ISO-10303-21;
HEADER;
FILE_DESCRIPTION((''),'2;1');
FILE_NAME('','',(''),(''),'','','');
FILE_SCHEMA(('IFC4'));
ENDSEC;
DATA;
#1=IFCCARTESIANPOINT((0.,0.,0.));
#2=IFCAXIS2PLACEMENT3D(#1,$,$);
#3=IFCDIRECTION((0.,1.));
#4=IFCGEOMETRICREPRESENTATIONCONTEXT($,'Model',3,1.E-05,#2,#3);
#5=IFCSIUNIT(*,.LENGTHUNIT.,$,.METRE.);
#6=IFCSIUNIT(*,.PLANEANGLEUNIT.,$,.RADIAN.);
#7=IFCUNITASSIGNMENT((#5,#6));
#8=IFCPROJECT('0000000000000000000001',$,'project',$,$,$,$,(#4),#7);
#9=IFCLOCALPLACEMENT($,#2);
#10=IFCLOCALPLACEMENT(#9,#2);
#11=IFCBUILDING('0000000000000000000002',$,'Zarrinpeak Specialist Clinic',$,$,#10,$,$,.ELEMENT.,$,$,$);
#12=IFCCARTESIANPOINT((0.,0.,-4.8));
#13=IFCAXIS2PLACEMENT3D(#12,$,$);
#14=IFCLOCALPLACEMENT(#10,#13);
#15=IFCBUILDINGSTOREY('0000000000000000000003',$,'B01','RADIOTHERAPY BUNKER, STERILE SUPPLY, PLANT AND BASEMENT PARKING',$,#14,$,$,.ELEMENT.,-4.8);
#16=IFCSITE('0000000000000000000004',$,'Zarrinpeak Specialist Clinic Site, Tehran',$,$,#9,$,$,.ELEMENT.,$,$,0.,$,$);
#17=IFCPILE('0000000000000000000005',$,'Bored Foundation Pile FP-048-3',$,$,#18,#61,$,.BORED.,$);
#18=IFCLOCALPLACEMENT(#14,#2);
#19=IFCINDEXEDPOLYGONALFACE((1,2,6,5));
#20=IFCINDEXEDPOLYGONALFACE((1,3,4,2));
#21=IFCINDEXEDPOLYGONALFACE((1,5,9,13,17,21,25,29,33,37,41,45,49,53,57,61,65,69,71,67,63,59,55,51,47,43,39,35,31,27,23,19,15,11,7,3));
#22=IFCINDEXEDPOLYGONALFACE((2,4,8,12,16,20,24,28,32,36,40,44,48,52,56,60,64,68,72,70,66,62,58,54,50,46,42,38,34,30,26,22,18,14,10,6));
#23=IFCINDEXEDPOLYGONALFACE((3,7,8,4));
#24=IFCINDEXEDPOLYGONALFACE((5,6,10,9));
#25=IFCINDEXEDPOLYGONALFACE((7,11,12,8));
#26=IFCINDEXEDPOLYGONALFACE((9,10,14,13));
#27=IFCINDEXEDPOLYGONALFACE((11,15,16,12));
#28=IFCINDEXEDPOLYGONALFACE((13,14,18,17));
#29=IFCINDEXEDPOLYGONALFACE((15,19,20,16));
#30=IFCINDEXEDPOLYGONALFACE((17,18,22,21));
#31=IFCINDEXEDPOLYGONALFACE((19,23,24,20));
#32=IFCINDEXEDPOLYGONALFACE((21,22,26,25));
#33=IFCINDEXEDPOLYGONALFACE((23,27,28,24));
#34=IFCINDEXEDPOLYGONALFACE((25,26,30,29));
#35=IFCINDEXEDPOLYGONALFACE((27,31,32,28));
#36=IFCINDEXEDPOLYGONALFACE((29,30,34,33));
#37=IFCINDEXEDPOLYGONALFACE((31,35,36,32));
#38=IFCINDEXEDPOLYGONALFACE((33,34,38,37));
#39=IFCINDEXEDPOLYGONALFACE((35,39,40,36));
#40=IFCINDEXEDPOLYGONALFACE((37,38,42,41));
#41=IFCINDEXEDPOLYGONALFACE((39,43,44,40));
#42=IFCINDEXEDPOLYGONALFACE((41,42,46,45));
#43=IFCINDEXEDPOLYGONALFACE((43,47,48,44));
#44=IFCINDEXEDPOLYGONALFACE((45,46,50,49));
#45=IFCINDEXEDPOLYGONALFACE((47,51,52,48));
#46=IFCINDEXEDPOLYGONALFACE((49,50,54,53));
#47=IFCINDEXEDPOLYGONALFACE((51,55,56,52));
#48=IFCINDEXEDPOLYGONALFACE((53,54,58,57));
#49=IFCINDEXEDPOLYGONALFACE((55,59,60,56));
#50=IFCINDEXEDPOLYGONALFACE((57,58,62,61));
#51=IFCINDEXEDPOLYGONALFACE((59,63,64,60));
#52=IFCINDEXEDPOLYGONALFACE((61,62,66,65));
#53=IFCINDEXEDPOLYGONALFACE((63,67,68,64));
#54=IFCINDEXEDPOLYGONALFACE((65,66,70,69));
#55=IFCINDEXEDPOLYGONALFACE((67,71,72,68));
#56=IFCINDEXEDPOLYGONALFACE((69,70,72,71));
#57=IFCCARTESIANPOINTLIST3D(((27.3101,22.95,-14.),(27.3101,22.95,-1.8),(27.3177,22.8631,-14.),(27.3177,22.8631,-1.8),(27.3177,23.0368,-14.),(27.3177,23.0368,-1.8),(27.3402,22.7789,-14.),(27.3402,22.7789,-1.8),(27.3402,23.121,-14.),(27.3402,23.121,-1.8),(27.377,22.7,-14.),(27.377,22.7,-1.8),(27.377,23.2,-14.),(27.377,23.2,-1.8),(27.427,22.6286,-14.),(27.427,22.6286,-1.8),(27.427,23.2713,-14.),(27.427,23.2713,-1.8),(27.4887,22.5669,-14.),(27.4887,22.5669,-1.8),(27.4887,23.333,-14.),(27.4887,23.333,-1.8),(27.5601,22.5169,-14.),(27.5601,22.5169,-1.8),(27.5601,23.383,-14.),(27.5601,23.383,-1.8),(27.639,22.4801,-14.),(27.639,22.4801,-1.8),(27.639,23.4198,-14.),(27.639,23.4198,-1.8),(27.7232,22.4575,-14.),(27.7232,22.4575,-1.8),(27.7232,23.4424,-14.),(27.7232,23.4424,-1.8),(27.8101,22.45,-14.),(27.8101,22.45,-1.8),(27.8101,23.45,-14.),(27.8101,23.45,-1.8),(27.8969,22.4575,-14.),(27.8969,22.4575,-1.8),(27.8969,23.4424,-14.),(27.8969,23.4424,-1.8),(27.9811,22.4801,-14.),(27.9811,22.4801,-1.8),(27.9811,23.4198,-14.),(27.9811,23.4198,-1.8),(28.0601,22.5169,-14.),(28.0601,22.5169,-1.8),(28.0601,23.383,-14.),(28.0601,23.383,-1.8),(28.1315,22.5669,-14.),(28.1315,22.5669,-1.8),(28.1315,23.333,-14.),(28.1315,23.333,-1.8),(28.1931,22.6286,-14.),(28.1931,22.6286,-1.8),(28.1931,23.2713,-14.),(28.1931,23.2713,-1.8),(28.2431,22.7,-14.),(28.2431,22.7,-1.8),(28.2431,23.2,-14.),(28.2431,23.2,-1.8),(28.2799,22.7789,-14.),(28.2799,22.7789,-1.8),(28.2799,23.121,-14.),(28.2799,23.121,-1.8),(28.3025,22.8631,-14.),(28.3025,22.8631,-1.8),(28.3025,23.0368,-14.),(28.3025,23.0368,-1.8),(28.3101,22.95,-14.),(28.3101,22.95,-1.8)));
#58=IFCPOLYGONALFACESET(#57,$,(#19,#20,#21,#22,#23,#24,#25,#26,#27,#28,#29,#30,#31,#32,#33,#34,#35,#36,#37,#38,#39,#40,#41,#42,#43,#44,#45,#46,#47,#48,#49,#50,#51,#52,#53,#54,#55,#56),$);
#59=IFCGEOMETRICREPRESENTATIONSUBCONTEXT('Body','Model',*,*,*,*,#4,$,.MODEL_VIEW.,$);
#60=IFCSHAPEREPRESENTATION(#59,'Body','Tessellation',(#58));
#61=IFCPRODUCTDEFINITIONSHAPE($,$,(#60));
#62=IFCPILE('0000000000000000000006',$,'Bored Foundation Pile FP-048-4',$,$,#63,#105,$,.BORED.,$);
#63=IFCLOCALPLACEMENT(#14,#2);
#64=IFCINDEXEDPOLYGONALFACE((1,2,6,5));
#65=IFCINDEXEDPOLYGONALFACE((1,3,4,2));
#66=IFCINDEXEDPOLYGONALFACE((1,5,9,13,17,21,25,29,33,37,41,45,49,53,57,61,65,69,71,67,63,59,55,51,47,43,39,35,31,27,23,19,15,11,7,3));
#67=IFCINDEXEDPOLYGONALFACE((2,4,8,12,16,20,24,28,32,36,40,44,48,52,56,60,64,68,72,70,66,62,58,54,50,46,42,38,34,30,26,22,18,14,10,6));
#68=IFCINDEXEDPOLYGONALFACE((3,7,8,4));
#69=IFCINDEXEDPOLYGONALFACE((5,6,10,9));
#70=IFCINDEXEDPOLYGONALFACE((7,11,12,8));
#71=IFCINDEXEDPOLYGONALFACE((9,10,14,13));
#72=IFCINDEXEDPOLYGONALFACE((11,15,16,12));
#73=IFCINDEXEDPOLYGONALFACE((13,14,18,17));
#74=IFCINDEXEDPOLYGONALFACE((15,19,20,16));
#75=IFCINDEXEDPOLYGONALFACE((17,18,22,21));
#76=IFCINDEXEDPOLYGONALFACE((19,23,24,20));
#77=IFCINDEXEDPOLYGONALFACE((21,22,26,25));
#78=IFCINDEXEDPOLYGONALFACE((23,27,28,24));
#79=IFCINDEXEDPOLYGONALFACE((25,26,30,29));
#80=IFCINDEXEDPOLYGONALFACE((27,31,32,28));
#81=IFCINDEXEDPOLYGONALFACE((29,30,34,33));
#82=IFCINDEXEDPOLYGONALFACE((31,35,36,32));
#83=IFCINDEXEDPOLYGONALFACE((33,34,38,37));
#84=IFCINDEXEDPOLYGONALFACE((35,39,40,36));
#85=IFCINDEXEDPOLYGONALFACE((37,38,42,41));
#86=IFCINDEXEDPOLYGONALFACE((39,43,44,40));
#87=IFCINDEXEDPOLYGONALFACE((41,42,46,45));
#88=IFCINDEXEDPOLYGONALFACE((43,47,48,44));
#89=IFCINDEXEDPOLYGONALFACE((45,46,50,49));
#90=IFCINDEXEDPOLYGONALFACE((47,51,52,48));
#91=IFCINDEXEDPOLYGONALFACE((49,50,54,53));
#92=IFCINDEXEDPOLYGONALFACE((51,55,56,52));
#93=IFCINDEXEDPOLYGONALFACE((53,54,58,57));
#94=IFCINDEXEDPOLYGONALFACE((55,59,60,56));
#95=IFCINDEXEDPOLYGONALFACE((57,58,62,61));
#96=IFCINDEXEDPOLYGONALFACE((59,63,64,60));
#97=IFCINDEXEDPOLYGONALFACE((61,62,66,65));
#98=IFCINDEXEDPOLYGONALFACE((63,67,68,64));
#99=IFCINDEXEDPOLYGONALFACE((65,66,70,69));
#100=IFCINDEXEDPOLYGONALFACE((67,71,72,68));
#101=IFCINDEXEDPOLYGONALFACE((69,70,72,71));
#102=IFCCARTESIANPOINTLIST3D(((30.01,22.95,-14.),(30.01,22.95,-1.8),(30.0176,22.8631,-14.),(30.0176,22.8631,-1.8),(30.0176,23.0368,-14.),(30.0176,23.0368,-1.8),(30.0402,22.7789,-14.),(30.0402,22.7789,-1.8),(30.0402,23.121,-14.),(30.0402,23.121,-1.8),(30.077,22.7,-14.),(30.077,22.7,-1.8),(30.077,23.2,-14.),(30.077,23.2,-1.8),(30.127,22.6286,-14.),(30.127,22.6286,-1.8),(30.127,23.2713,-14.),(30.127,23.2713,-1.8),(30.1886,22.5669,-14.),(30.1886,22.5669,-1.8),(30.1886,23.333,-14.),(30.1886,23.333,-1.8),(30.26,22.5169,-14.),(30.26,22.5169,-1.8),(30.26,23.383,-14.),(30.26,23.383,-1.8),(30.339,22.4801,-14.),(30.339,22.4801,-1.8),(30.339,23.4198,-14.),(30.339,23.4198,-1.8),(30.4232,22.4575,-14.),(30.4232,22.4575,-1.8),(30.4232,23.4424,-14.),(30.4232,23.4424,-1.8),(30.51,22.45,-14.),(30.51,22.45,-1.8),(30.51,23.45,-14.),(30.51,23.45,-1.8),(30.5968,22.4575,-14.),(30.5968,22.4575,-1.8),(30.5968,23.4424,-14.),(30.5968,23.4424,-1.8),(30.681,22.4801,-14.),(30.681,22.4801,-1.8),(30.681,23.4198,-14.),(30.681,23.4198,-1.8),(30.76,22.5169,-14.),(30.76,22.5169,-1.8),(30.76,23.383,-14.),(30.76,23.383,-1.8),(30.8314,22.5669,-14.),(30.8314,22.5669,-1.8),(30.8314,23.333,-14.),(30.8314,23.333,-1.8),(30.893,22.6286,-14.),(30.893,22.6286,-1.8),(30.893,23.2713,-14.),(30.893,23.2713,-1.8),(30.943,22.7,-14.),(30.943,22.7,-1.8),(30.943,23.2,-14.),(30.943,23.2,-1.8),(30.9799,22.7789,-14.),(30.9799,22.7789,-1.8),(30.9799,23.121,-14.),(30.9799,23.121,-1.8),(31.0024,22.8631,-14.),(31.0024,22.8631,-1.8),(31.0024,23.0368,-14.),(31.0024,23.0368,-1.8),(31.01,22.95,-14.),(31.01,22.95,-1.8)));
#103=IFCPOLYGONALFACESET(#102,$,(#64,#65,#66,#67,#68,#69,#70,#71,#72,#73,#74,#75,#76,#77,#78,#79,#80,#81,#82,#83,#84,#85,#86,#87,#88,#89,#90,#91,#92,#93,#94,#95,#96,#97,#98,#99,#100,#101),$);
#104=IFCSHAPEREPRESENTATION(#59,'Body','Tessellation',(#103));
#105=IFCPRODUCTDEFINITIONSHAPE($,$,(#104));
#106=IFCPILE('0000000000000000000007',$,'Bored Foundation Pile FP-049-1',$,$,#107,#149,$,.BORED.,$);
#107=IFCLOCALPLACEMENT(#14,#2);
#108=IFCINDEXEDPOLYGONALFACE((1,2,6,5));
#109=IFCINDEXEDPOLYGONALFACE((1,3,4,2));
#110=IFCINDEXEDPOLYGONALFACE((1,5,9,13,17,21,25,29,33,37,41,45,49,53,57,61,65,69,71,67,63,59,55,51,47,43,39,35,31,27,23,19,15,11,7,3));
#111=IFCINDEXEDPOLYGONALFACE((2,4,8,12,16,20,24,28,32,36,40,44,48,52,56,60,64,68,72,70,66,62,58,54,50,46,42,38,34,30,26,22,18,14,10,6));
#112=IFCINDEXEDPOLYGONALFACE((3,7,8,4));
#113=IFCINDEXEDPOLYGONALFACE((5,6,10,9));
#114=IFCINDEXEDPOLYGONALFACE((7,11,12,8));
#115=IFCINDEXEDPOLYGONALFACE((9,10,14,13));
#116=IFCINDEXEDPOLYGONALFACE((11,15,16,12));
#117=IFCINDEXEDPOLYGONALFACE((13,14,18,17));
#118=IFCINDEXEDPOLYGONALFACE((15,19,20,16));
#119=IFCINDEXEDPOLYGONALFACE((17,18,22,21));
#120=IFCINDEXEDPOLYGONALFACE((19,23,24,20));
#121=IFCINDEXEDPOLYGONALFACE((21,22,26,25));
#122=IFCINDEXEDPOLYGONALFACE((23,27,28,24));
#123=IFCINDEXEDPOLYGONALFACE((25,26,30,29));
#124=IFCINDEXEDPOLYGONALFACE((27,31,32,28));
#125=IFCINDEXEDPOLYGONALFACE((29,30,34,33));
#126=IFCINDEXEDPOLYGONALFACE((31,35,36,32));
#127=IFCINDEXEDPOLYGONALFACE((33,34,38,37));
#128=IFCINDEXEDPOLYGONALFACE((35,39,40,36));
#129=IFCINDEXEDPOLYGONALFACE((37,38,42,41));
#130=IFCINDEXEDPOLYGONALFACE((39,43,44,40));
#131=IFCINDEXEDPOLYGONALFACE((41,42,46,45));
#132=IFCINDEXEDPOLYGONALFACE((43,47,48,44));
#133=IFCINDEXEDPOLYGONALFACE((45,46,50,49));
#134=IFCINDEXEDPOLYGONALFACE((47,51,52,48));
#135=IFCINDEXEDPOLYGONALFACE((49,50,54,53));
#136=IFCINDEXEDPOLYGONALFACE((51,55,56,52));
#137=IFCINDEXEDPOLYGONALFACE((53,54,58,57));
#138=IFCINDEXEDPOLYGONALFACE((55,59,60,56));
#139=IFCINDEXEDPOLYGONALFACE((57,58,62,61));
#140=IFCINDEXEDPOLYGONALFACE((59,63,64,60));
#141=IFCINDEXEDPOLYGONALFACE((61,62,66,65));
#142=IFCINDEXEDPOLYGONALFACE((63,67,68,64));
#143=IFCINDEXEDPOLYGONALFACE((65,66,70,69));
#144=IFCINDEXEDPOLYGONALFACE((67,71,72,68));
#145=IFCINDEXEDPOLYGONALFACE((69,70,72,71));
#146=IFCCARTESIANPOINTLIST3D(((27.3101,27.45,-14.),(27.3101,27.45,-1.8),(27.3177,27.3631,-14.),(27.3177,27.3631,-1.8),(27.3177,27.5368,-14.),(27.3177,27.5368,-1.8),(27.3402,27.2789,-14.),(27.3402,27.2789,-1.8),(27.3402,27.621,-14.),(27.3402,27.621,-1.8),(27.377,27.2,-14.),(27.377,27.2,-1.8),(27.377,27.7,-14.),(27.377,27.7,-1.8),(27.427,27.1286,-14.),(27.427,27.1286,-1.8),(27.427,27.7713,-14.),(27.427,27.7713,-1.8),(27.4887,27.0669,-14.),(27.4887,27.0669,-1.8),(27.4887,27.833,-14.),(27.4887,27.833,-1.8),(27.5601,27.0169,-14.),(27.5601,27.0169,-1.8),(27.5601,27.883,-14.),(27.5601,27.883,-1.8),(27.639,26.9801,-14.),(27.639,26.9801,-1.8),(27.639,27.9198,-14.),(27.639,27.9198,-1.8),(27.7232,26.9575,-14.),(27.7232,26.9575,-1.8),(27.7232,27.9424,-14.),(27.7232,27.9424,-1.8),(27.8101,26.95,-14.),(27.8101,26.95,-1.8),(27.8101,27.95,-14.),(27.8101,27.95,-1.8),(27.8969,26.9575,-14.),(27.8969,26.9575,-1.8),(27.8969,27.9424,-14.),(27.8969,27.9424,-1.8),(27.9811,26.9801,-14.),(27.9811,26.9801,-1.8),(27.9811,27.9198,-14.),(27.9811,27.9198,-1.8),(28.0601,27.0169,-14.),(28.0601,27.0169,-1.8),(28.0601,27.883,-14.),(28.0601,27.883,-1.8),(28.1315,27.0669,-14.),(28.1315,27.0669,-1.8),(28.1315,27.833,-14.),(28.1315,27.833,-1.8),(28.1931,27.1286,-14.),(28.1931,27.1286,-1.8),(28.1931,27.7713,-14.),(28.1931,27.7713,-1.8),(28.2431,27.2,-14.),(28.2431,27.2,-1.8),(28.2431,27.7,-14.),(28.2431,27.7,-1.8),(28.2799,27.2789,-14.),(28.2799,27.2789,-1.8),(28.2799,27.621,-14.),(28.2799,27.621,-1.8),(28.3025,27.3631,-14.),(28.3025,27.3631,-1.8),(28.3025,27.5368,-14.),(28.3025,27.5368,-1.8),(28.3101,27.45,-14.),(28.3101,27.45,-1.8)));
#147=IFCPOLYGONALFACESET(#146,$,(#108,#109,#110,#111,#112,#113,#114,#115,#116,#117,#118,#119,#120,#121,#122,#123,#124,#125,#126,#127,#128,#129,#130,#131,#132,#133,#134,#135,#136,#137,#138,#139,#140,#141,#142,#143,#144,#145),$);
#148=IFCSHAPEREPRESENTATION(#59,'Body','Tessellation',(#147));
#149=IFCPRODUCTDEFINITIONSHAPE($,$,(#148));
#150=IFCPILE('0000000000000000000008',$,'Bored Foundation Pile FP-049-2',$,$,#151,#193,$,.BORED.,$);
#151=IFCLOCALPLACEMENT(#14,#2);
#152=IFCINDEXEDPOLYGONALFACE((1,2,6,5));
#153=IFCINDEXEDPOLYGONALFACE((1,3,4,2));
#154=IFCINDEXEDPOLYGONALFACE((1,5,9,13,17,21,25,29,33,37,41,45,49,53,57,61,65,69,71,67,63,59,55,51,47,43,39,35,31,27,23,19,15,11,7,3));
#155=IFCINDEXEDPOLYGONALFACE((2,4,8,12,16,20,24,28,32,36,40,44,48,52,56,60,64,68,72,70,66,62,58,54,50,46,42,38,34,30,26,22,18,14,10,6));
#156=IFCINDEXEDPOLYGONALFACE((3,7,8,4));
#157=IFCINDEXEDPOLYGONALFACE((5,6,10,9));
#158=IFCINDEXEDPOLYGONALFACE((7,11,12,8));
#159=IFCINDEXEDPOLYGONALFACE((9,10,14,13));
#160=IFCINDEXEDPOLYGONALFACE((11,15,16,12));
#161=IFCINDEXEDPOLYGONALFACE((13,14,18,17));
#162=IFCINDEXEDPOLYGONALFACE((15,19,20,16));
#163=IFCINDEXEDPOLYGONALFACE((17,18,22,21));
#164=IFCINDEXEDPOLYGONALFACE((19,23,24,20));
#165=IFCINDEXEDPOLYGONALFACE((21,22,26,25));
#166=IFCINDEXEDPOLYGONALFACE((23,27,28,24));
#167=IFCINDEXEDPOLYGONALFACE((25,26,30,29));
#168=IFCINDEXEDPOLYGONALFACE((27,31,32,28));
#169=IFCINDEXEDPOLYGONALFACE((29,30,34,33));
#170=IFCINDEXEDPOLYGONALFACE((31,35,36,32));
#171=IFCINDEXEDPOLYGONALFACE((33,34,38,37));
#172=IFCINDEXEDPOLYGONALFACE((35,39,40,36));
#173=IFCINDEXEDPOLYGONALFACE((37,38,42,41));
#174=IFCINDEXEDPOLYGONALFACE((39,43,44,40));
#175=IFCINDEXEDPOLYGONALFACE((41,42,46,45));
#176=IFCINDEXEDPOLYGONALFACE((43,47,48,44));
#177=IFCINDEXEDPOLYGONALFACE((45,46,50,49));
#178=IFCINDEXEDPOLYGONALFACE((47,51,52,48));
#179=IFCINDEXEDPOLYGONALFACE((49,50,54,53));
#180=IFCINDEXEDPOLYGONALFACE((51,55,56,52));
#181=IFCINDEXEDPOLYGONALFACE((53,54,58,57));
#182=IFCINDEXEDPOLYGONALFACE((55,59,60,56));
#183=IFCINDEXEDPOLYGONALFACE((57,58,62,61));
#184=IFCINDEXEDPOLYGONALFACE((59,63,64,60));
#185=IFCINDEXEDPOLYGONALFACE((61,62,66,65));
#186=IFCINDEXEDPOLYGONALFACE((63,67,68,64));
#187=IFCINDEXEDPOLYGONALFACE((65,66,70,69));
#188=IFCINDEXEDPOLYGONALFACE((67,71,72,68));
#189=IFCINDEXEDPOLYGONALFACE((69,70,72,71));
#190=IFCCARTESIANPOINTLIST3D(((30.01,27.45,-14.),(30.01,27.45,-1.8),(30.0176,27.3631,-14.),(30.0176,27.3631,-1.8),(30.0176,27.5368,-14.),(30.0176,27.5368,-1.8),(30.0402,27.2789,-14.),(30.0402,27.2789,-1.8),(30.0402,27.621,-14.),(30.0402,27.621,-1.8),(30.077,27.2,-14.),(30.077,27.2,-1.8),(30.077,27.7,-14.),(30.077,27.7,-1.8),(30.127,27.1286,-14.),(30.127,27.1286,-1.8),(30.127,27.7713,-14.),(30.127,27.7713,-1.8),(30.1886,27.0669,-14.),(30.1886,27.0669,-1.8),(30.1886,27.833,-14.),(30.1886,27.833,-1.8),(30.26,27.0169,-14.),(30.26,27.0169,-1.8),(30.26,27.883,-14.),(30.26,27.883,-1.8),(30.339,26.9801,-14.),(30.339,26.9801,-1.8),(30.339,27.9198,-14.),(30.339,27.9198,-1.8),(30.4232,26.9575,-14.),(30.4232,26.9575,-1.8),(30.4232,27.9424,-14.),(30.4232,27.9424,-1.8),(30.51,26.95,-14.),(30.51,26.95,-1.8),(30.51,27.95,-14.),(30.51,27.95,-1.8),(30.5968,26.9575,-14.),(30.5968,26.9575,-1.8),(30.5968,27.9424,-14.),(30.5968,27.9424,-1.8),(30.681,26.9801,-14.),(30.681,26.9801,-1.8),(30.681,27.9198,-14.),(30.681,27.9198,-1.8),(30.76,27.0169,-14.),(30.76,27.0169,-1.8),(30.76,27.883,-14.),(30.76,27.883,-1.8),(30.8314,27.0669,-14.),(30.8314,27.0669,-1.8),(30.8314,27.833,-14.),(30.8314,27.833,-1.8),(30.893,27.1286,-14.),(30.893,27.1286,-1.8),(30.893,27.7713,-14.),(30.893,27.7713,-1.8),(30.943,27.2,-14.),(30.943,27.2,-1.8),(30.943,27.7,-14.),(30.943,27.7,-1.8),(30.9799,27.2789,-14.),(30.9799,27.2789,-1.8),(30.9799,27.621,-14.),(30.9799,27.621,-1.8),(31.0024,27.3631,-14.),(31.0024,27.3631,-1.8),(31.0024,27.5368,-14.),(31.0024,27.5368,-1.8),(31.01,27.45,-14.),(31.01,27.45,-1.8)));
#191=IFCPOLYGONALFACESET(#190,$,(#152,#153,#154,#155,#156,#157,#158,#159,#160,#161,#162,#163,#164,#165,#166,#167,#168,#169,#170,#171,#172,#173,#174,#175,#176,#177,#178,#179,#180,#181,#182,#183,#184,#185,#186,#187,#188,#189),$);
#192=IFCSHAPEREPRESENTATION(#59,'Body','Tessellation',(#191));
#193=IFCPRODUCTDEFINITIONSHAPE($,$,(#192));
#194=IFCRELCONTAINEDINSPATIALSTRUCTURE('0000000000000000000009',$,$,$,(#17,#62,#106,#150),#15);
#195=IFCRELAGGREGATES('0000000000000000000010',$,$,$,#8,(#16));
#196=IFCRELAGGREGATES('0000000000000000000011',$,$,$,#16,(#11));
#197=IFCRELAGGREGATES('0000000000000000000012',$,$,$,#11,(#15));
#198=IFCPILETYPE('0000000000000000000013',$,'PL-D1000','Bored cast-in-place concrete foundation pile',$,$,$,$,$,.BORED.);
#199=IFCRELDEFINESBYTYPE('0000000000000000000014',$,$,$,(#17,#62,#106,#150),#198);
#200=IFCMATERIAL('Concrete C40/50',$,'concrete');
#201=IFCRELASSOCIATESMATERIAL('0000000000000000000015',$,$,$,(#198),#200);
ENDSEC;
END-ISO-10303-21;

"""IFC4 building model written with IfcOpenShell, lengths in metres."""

from ifc_helpers import new_model, si_unit, direction, frame, origin, origin_2d, place, context, subcontext, project, spatial, circle, extrude, material, material_profile, profile_set, type_object, element, save


model = new_model("IFC4")

# Units and contexts
model_context = context("Model", 3, precision=1e-05, world=origin(), true_north=direction((0.0, 1.0)))
body_context = subcontext(model_context, "Body", "Model", "MODEL_VIEW")
ifc_project = project(units=[si_unit("LENGTHUNIT", "METRE"), si_unit("PLANEANGLEUNIT", "RADIAN")], contexts=[model_context])

# Site, building, storey
site_placement = place(None, origin())
site = spatial("IfcSite", under=ifc_project, at=site_placement, Name="Zarrinpeak Specialist Clinic Site, Tehran", CompositionType="ELEMENT", RefElevation=0.0)
building_placement = place(site_placement, origin())
building = spatial("IfcBuilding", under=site, at=building_placement, Name="Zarrinpeak Specialist Clinic", CompositionType="ELEMENT")
storey_placement = place(building_placement, frame((0.0, 0.0, -4.8)))
storey = spatial("IfcBuildingStorey", under=building, at=storey_placement, Name="B01", Description="RADIOTHERAPY BUNKER, STERILE SUPPLY, PLANT AND BASEMENT PARKING", CompositionType="ELEMENT", Elevation=-4.8)

# Shared definitions
ifc_material_1 = material(Name="Concrete C40/50", Category="concrete")

# Piles
ifc_material_profile_1 = material_profile(ifc_material_1, circle(Radius=0.5, at=origin_2d()), Name="BORED PILE D1000")
ifc_profile_set_1 = profile_set([ifc_material_profile_1], Name="Concrete C40/50")
pile_type_1 = type_object("IfcPileType", Name="PL-D1000", Description="Bored cast-in-place concrete foundation pile", PredefinedType="BORED", material=ifc_profile_set_1)
for number, where, z_axis, x_axis, name in (
    (1, (27.8101, 22.95, -1.8), (0.0, 0.0, -1.0), (1.0, 0.0, 0.0), "Bored Foundation Pile FP-048-3"),
    (2, (30.51, 22.95, -1.8), (0.0, 0.0, -1.0), (1.0, 0.0, 0.0), "Bored Foundation Pile FP-048-4"),
    (3, (27.8101, 27.45, -1.8), (0.0, 0.0, -1.0), (1.0, 0.0, 0.0), "Bored Foundation Pile FP-049-1"),
    (4, (30.51, 27.45, -1.8), (0.0, 0.0, -1.0), (1.0, 0.0, 0.0), "Bored Foundation Pile FP-049-2"),
):
    element("IfcPile", number, at=place(storey_placement, frame(where, z_axis=z_axis, x_axis=x_axis)), inside=storey, type_object=pile_type_1, Name=name, PredefinedType="BORED", context=body_context, shape_type="SweptSolid", body=[
        extrude(circle(Radius=0.5, at=origin_2d()), origin(), (0.0, 0.0, 1.0), 12.2),
    ])

save(model, "model.ifc")
